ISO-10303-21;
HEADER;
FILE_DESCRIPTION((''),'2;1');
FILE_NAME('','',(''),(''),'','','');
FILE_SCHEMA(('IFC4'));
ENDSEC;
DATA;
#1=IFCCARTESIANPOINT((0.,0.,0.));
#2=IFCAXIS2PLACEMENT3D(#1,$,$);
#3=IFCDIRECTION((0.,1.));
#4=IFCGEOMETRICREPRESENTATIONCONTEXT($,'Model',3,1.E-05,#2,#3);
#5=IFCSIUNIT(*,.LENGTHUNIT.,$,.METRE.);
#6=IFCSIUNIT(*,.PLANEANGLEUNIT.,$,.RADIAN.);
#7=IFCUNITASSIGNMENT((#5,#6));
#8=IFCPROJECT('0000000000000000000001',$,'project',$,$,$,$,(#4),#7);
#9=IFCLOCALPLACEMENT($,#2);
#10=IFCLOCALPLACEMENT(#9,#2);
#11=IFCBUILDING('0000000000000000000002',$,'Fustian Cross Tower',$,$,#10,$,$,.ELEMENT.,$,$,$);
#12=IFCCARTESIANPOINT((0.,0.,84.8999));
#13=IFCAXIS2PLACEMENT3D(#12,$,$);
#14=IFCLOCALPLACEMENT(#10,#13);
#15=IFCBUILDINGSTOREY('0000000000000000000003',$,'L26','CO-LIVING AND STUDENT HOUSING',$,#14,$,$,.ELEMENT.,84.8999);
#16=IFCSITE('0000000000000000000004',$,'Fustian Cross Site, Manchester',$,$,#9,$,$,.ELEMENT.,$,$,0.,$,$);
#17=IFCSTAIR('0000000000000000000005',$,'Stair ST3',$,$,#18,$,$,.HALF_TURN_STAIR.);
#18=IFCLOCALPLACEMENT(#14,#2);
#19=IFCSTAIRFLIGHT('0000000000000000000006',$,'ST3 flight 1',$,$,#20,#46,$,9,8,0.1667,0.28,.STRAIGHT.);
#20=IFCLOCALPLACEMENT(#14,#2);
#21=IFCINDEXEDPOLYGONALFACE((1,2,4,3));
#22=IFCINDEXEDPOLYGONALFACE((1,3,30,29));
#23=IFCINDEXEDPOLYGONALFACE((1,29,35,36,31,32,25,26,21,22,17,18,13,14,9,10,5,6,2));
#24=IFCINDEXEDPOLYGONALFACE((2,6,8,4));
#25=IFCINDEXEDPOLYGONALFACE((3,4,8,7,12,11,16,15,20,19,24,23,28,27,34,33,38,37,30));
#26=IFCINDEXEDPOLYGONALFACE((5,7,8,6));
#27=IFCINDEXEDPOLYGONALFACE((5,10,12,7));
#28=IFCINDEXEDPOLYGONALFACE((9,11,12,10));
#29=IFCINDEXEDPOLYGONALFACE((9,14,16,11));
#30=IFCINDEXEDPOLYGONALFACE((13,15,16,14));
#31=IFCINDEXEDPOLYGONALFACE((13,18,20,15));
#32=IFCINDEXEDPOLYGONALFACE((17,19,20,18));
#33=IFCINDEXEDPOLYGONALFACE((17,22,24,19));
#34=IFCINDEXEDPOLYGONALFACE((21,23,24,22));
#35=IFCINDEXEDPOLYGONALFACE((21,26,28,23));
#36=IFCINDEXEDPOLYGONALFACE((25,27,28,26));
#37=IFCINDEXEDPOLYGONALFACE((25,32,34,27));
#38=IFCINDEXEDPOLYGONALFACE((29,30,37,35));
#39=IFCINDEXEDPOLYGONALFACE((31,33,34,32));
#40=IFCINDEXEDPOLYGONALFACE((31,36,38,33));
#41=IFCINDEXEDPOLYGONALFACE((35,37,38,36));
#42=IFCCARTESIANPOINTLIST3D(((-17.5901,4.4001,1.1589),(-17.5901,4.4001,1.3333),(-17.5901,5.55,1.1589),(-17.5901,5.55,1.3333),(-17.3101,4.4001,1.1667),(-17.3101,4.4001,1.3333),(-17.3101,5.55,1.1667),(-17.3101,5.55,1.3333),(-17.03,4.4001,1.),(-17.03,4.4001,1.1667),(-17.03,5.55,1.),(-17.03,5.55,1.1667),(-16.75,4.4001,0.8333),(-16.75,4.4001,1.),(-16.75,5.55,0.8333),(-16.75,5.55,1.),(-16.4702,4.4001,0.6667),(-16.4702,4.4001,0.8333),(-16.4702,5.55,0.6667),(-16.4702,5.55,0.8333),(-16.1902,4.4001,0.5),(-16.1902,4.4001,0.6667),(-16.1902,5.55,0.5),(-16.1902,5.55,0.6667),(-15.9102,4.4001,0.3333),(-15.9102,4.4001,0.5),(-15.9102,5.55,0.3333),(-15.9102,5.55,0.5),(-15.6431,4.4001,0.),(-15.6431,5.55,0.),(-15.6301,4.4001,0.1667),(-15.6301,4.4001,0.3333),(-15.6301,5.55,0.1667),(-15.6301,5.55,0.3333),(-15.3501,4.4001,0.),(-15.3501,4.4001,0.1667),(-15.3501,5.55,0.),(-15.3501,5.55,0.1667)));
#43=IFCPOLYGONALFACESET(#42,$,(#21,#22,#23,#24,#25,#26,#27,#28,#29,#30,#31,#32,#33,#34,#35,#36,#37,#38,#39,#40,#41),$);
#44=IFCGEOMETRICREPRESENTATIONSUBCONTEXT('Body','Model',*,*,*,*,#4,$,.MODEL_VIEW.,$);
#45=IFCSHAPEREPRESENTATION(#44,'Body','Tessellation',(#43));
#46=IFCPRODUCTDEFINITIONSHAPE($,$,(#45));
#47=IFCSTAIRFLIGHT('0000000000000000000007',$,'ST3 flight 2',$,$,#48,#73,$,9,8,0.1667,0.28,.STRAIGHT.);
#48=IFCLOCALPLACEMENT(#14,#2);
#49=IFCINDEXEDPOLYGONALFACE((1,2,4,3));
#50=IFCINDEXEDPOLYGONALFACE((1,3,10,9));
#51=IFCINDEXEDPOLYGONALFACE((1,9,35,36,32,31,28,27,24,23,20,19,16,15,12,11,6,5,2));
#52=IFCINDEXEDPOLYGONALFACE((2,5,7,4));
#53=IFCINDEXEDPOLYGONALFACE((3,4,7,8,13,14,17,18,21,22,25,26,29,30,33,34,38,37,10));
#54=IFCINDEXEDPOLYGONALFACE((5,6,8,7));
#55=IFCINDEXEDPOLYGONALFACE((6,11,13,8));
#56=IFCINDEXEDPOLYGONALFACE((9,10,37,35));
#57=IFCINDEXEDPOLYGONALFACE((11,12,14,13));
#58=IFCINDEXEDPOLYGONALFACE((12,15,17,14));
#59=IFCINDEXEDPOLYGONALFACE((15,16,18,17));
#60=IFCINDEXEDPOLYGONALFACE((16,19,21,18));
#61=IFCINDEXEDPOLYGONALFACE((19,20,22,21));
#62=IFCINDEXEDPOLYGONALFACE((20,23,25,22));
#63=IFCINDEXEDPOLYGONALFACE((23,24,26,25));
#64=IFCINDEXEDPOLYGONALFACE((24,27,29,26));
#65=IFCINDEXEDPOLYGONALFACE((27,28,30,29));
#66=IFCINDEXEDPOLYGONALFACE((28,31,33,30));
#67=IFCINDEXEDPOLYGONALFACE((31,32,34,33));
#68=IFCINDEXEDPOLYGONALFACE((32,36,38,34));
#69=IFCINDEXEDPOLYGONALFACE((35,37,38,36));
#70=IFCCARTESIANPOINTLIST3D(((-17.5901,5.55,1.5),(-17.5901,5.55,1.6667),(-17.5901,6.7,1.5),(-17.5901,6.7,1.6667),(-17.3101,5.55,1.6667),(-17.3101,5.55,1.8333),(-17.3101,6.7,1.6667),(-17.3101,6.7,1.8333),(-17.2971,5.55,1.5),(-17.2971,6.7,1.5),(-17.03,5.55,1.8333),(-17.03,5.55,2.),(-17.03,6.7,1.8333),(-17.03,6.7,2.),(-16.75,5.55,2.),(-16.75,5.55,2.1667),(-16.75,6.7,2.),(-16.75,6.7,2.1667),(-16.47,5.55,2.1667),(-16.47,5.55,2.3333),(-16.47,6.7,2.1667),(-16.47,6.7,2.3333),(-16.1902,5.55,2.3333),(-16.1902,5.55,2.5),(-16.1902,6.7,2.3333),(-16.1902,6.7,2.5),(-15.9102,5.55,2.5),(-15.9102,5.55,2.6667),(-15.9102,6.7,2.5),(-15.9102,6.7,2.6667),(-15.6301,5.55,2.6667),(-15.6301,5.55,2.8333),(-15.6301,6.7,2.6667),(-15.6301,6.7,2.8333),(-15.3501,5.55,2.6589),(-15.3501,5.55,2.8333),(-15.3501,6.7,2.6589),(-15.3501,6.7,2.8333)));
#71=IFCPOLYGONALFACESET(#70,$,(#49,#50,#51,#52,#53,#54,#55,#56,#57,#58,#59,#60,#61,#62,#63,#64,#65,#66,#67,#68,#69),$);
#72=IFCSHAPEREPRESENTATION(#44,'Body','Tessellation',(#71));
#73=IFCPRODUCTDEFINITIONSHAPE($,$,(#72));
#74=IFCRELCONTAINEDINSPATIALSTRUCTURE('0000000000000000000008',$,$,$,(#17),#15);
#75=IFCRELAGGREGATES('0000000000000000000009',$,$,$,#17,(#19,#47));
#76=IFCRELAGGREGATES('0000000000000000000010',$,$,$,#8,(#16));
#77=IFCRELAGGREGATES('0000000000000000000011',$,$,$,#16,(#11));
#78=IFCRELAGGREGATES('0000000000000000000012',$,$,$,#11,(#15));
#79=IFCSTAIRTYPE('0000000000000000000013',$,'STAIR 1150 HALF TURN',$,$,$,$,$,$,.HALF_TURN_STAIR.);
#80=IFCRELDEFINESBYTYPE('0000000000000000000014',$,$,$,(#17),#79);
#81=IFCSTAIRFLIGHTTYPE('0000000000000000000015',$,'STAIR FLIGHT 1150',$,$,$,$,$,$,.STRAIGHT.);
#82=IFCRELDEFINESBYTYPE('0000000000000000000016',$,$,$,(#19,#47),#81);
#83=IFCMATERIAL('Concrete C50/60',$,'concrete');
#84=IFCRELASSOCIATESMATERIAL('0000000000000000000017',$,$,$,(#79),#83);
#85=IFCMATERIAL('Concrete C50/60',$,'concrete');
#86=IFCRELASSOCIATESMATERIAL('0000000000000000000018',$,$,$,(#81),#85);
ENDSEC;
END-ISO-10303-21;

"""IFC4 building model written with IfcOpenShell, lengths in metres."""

from ifc_helpers import new_model, si_unit, direction, frame, origin, place, context, subcontext, project, spatial, polyline, outline, extrude, material, type_object, element, aggregate, save


model = new_model("IFC4")

# Units and contexts
model_context = context("Model", 3, precision=1e-05, world=origin(), true_north=direction((0.0, 1.0)))
body_context = subcontext(model_context, "Body", "Model", "MODEL_VIEW")
ifc_project = project(units=[si_unit("LENGTHUNIT", "METRE"), si_unit("PLANEANGLEUNIT", "RADIAN")], contexts=[model_context])

# Site, building, storey
site_placement = place(None, origin())
site = spatial("IfcSite", under=ifc_project, at=site_placement, Name="Fustian Cross Site, Manchester", CompositionType="ELEMENT", RefElevation=0.0)
building_placement = place(site_placement, origin())
building = spatial("IfcBuilding", under=site, at=building_placement, Name="Fustian Cross Tower", CompositionType="ELEMENT")
storey_placement = place(building_placement, frame((0.0, 0.0, 84.8999)))
storey = spatial("IfcBuildingStorey", under=building, at=storey_placement, Name="L26", Description="CO-LIVING AND STUDENT HOUSING", CompositionType="ELEMENT", Elevation=84.8999)

# Stair, stair flights
ifc_material_1 = material(Name="Concrete C50/60", Category="concrete")
stair_type = type_object("IfcStairType", Name="STAIR 1150 HALF TURN", PredefinedType="HALF_TURN_STAIR", material=ifc_material_1)
stair_placement = place(storey_placement, origin())
stair = element("IfcStair", 1, at=stair_placement, inside=storey, type_object=stair_type, Name="Stair ST3", PredefinedType="HALF_TURN_STAIR")
ifc_material_2 = material(Name="Concrete C50/60", Category="concrete")
stair_flight_type = type_object("IfcStairFlightType", Name="STAIR FLIGHT 1150", PredefinedType="STRAIGHT", material=ifc_material_2)
stair_flight_1_placement = place(storey_placement, frame((-15.3501, 4.9751, 0.0), z_axis=(0.0, 0.0, 1.0), x_axis=(-1.0, 0.0, 0.0)))
stair_flight_1 = element("IfcStairFlight", 2, at=stair_flight_1_placement, type_object=stair_flight_type, Name="ST3 flight 1", NumberOfRisers=9, NumberOfTreads=8, PredefinedType="STRAIGHT", RiserHeight=0.1667, TreadLength=0.28, context=body_context, shape_type="SweptSolid", body=[
    extrude(outline(polyline([(0.0, 0.0), (0.0, 0.1667), (0.28, 0.1667), (0.28, 0.3333), (0.5601, 0.3333), (0.5601, 0.5), (0.8401, 0.5), (0.8401, 0.6667), (1.1201, 0.6667), (1.1201, 0.8333), (1.3999, 0.8333), (1.3999, 1.0), (1.6799, 1.0), (1.6799, 1.1667), (1.96, 1.1667), (1.96, 1.3333), (2.24, 1.3333), (2.24, 1.5), (2.24, 1.1589), (0.293, 0.0), (0.0, 0.0)])), frame((0.0, 0.575, 0.0), z_axis=(0.0, -1.0, 0.0), x_axis=(1.0, 0.0, 0.0)), (0.0, 0.0, 1.0), 1.1499),
])
stair_flight_2_placement = place(storey_placement, frame((-17.5901, 6.125, 1.5), z_axis=(0.0, 0.0, 1.0), x_axis=(1.0, 0.0, 0.0)))
stair_flight_2 = element("IfcStairFlight", 3, at=stair_flight_2_placement, type_object=stair_flight_type, Name="ST3 flight 2", NumberOfRisers=9, NumberOfTreads=8, PredefinedType="STRAIGHT", RiserHeight=0.1667, TreadLength=0.28, context=body_context, shape_type="SweptSolid", body=[
    extrude(outline(polyline([(0.0, 0.0), (0.0, 0.1667), (0.28, 0.1667), (0.28, 0.3333), (0.5601, 0.3333), (0.5601, 0.5), (0.8401, 0.5), (0.8401, 0.6667), (1.1201, 0.6667), (1.1201, 0.8333), (1.3999, 0.8333), (1.3999, 1.0), (1.6799, 1.0), (1.6799, 1.1667), (1.96, 1.1667), (1.96, 1.3333), (2.24, 1.3333), (2.24, 1.5), (2.24, 1.1589), (0.293, 0.0), (0.0, 0.0)])), frame((0.0, 0.575, 0.0), z_axis=(0.0, -1.0, 0.0), x_axis=(1.0, 0.0, 0.0)), (0.0, 0.0, 1.0), 1.1499),
])
aggregate(stair, [stair_flight_1, stair_flight_2])

save(model, "model.ifc")
